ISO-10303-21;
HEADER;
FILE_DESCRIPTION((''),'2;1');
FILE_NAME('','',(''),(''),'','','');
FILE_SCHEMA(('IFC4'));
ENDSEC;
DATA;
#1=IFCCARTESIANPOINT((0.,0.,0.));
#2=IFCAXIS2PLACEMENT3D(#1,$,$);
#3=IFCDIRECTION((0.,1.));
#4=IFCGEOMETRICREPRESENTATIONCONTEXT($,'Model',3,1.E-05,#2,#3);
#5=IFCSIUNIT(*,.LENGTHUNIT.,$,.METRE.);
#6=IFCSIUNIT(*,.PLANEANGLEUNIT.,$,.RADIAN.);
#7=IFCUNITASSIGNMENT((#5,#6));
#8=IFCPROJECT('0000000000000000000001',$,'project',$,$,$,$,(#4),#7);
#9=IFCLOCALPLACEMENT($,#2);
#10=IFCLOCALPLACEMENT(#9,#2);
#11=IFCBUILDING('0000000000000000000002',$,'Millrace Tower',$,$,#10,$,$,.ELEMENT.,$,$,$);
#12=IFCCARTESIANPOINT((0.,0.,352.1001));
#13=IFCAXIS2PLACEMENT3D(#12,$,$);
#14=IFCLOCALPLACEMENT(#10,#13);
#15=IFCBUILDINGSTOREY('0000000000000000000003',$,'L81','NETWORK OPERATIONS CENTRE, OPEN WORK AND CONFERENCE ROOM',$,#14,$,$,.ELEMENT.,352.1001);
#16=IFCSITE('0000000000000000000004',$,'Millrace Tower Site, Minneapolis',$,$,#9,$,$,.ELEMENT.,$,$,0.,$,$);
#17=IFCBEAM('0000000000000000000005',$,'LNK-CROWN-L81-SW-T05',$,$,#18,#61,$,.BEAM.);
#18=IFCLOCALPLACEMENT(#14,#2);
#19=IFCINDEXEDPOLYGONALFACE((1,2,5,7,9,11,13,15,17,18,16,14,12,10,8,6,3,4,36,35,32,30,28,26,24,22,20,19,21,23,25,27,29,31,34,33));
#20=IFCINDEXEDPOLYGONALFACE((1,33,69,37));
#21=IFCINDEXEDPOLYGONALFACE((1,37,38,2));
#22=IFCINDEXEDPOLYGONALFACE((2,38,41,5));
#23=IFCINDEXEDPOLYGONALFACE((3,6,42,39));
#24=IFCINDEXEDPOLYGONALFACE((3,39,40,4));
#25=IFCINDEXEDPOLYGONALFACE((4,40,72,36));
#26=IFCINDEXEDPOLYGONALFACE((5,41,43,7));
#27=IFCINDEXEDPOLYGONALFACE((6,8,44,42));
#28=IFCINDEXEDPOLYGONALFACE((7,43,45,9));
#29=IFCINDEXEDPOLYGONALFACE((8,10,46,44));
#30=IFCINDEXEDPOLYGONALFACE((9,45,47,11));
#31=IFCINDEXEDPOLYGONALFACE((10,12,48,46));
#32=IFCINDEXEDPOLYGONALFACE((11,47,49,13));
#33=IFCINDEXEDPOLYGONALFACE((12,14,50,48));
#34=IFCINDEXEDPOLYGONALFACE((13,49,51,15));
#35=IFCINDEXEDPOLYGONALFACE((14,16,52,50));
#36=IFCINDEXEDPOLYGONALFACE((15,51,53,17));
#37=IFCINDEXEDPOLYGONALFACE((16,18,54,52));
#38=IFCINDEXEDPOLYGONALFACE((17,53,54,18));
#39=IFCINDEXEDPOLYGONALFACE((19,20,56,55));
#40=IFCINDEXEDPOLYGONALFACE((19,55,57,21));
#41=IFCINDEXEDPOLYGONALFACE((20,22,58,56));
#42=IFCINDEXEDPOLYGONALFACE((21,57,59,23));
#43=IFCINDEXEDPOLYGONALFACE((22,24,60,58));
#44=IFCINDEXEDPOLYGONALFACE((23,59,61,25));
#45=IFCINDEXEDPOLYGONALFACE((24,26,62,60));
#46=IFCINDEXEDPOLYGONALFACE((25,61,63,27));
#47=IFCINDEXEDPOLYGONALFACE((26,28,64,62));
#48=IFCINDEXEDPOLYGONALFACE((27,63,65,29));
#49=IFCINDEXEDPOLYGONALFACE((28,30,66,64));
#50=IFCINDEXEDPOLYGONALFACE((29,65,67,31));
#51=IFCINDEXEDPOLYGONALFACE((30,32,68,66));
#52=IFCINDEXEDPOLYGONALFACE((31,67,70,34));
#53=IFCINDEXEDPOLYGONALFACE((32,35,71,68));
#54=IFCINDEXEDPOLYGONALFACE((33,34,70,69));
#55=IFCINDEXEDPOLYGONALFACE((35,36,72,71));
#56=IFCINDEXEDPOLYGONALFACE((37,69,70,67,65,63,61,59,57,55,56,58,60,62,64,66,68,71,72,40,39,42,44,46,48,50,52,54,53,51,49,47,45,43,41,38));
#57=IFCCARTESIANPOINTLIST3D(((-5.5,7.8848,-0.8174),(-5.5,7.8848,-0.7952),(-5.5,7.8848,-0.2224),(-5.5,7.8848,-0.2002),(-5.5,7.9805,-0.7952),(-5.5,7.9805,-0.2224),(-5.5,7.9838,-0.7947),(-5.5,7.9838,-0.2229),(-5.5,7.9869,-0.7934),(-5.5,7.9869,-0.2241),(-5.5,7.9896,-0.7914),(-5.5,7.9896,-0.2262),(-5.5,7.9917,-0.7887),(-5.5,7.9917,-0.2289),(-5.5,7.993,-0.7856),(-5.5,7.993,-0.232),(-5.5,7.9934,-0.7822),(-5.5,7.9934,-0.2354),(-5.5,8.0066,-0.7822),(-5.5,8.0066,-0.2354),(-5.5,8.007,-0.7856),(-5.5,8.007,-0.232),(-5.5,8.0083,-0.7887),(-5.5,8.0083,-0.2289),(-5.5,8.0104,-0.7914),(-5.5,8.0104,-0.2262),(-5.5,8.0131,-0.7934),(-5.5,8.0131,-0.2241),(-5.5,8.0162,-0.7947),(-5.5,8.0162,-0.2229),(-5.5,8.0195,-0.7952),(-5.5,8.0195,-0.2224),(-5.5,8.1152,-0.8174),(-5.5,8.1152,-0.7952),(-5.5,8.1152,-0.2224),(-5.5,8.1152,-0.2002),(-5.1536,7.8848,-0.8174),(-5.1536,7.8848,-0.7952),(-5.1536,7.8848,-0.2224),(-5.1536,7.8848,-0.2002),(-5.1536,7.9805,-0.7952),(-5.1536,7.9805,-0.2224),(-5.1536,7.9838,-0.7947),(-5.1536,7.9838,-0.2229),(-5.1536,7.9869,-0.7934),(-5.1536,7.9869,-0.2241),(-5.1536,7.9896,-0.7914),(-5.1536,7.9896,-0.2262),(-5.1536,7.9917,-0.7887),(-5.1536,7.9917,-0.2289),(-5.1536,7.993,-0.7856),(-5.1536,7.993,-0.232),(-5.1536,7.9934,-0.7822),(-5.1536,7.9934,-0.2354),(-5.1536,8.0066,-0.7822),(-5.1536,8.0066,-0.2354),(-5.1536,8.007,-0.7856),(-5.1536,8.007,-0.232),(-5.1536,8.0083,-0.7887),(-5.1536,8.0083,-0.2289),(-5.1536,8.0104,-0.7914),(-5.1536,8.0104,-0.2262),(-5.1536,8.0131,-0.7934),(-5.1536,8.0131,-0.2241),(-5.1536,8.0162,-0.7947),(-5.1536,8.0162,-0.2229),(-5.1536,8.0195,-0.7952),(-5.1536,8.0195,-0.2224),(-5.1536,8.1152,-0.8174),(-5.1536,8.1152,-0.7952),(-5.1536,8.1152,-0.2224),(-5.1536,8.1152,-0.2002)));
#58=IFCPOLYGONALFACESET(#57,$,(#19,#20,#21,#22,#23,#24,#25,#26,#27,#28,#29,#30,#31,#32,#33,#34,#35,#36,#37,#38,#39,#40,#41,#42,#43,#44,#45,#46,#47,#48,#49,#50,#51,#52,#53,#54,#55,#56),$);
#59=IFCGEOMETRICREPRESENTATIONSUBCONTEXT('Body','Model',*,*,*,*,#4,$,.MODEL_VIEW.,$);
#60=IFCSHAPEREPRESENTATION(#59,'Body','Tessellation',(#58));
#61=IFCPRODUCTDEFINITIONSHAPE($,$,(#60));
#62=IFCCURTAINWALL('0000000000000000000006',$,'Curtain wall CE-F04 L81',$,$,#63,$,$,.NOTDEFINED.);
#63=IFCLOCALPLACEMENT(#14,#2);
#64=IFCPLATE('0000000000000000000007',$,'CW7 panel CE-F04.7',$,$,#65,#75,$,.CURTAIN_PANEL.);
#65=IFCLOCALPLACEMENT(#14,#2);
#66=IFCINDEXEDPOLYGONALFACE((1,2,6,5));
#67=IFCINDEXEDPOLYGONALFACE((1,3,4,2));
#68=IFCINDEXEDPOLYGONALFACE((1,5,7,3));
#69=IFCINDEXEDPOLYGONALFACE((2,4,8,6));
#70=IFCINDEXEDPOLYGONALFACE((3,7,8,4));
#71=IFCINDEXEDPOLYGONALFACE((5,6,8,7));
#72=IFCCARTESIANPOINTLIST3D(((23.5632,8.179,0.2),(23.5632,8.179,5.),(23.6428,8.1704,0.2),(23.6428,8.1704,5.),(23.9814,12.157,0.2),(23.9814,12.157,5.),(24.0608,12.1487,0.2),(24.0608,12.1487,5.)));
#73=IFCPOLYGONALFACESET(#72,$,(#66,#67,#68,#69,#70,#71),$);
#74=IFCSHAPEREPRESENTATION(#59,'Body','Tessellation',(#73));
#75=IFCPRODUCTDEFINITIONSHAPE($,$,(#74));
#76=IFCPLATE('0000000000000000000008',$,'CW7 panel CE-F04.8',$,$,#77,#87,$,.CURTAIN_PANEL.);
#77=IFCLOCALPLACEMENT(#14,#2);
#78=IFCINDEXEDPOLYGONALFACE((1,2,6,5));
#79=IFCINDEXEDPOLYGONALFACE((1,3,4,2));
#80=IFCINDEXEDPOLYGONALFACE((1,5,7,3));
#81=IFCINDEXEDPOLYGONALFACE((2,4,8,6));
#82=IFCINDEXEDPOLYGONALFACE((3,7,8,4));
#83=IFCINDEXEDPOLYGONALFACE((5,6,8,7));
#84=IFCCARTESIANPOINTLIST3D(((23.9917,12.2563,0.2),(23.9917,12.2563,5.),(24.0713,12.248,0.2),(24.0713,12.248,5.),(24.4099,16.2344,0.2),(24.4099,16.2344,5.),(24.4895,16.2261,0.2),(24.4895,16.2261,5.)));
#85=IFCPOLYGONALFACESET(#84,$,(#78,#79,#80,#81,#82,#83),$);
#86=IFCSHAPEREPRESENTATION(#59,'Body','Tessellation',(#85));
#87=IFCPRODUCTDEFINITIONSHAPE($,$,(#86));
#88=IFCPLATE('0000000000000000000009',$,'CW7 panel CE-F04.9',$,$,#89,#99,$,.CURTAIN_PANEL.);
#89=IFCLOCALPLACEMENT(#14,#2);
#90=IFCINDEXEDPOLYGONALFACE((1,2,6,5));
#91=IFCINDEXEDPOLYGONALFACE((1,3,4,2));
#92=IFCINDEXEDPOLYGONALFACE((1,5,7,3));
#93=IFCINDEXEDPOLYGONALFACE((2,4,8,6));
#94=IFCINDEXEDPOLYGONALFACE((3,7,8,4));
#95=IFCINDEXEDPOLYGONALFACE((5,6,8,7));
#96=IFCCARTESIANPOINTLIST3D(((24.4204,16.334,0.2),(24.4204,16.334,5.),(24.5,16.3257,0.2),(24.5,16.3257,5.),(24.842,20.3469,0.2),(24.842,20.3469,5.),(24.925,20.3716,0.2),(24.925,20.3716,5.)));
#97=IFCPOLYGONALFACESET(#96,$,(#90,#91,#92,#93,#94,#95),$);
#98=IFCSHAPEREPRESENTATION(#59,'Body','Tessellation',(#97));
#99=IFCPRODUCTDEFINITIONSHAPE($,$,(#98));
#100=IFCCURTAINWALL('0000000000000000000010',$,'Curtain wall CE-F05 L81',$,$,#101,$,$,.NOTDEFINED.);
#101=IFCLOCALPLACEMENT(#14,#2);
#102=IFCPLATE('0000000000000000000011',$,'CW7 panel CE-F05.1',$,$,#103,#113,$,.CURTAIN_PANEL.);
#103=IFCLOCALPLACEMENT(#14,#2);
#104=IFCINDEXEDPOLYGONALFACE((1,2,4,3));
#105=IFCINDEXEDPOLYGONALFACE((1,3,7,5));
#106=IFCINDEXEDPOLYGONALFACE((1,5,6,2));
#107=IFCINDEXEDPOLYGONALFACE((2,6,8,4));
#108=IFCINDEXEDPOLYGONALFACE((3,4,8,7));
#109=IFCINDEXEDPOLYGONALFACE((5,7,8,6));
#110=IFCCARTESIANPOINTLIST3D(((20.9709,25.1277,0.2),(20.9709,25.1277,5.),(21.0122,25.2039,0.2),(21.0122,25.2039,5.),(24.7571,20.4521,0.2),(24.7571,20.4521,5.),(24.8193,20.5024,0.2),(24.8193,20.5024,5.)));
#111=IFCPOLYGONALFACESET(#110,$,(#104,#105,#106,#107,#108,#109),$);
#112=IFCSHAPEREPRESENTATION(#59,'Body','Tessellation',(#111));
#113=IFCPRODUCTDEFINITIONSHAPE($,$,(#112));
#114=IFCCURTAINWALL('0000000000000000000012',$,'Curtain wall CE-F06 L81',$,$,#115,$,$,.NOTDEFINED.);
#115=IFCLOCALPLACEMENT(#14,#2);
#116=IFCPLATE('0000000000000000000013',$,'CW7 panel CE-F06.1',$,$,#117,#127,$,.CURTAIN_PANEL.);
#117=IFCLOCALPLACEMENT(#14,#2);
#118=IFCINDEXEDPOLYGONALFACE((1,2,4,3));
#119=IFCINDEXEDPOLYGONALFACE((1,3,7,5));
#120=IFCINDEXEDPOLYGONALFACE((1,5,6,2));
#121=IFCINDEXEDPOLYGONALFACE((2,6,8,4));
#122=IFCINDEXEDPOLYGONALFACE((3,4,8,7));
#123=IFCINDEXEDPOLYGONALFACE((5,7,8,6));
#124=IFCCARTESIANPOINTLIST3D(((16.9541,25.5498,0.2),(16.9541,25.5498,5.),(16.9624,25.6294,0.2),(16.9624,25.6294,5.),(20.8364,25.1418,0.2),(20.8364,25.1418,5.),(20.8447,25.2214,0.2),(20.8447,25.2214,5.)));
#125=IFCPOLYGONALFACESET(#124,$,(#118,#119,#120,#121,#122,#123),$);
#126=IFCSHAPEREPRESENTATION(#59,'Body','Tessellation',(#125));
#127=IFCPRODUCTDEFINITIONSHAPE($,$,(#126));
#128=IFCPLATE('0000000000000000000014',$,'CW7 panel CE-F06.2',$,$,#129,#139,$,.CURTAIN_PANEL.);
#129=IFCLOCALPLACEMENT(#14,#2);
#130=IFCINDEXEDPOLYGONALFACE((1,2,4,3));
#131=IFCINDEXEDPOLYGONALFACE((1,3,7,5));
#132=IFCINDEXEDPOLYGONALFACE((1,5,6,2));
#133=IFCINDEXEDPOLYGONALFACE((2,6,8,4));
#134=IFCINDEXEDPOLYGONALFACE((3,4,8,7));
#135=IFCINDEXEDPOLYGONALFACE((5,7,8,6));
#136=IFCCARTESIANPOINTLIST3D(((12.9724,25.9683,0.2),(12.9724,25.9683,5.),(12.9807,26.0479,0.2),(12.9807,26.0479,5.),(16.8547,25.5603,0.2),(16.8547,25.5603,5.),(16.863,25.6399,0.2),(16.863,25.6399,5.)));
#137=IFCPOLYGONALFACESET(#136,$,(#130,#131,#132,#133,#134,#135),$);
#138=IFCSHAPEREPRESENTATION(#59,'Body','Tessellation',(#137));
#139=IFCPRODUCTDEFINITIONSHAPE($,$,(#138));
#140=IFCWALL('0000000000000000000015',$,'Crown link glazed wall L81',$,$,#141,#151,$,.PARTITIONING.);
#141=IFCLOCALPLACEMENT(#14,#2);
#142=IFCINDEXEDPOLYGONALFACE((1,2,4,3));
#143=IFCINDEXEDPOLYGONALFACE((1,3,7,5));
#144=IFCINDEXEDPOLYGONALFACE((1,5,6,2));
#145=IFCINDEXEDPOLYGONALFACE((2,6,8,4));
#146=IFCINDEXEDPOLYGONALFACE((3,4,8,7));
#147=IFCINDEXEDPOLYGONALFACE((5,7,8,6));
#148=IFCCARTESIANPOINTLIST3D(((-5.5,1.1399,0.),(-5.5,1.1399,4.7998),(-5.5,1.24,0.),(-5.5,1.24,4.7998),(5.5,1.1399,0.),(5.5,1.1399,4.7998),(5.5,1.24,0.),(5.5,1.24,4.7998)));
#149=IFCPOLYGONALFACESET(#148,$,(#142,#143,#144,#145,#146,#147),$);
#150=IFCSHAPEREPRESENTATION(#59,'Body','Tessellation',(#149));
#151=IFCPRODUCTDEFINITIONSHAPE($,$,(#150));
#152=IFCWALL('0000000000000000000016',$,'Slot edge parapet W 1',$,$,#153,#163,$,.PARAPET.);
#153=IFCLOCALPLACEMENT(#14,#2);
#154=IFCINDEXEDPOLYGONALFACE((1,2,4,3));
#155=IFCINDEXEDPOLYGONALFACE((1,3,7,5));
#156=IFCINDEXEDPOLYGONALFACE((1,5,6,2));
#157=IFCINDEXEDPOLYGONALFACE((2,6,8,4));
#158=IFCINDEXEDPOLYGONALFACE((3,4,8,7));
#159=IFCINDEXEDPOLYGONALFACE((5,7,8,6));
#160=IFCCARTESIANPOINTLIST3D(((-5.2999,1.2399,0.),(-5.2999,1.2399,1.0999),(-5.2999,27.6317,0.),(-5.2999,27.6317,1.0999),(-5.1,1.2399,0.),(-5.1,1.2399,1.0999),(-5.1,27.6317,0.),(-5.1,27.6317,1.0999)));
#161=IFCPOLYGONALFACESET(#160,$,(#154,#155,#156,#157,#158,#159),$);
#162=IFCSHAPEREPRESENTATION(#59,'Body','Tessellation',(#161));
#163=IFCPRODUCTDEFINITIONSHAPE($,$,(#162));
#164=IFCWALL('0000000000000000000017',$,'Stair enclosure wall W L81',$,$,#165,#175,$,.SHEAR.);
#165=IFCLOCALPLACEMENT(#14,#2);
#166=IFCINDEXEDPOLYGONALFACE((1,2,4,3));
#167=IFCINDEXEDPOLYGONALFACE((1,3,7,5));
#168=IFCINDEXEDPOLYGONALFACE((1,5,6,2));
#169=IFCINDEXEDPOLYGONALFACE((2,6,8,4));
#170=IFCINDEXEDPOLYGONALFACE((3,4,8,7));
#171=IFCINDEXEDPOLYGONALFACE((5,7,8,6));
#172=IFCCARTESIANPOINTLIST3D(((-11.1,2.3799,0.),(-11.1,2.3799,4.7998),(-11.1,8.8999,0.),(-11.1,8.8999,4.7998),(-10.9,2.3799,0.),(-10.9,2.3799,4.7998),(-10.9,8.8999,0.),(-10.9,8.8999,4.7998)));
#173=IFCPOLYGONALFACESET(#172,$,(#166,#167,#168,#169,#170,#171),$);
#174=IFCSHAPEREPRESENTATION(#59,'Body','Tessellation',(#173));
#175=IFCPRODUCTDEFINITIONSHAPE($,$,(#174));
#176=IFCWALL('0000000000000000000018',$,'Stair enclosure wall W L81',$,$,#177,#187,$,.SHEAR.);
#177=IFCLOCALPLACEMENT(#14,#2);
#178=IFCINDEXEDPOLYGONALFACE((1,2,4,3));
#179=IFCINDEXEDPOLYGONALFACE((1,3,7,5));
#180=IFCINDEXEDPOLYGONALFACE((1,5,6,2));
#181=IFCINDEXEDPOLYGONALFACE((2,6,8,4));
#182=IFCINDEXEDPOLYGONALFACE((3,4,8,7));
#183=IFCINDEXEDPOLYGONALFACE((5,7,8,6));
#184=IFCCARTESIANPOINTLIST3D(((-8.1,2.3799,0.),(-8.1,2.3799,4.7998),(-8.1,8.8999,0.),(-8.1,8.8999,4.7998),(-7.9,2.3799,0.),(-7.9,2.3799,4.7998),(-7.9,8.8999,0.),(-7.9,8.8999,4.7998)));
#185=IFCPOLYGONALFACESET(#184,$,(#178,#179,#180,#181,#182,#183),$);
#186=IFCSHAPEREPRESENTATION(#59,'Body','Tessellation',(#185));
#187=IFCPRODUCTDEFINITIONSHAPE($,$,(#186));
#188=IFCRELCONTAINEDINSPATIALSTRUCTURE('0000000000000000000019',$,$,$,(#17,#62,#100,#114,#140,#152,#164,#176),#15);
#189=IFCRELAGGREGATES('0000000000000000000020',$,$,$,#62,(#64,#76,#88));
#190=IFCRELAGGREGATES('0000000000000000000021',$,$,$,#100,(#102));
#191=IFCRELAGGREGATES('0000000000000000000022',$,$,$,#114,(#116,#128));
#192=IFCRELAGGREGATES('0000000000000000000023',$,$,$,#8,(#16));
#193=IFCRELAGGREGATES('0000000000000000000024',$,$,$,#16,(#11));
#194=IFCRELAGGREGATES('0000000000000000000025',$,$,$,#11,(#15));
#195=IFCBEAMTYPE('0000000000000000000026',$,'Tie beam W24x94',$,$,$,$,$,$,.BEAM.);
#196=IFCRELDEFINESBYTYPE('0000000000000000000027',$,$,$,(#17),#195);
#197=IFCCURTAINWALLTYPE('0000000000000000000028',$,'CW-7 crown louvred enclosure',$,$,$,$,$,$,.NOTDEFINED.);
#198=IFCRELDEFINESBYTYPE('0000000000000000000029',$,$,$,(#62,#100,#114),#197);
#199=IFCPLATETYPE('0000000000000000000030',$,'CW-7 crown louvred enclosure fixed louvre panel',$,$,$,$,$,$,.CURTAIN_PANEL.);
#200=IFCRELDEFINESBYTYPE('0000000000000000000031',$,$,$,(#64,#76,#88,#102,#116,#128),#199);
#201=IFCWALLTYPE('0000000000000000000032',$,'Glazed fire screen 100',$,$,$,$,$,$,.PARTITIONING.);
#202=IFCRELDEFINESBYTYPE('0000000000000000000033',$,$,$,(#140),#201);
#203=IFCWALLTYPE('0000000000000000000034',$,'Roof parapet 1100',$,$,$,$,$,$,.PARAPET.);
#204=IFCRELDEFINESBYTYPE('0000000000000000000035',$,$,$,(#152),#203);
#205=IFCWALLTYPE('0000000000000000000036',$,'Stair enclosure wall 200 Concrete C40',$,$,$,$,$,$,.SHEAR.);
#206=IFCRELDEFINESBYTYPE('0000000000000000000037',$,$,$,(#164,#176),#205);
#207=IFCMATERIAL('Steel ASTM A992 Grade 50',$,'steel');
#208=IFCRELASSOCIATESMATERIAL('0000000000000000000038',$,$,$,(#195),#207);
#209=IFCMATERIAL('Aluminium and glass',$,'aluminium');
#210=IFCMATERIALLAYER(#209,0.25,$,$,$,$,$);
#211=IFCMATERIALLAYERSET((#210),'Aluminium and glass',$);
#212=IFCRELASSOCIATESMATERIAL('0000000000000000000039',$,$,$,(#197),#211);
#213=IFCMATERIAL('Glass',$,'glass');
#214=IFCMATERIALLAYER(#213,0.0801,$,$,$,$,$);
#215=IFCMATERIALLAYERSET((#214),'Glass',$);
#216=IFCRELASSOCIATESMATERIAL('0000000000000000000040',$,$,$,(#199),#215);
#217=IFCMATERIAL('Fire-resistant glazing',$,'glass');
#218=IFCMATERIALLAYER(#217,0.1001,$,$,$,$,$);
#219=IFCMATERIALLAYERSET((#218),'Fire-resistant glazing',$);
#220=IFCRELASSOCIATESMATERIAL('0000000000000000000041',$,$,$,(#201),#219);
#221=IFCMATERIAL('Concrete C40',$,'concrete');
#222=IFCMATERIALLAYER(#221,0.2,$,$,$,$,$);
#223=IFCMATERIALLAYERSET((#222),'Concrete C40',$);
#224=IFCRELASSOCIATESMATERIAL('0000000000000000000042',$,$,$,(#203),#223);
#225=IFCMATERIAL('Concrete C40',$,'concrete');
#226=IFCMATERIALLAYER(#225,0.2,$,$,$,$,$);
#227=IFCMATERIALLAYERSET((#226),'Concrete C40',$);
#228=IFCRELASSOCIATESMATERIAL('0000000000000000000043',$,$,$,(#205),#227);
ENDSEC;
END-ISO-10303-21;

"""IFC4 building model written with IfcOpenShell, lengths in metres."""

from ifc_helpers import new_model, si_unit, direction, frame, frame_2d, origin, origin_2d, place, context, subcontext, project, spatial, polyline, rectangle, i_section, outline, extrude, material, layer, layer_set, material_profile, profile_set, type_object, element, aggregate, save


model = new_model("IFC4")

# Units and contexts
model_context = context("Model", 3, precision=1e-05, world=origin(), true_north=direction((0.0, 1.0)))
body_context = subcontext(model_context, "Body", "Model", "MODEL_VIEW")
ifc_project = project(units=[si_unit("LENGTHUNIT", "METRE"), si_unit("PLANEANGLEUNIT", "RADIAN")], contexts=[model_context])

# Site, building, storey
site_placement = place(None, origin())
site = spatial("IfcSite", under=ifc_project, at=site_placement, Name="Millrace Tower Site, Minneapolis", CompositionType="ELEMENT", RefElevation=0.0)
building_placement = place(site_placement, origin())
building = spatial("IfcBuilding", under=site, at=building_placement, Name="Millrace Tower", CompositionType="ELEMENT")
storey_placement = place(building_placement, frame((0.0, 0.0, 352.1001)))
storey = spatial("IfcBuildingStorey", under=building, at=storey_placement, Name="L81", Description="NETWORK OPERATIONS CENTRE, OPEN WORK AND CONFERENCE ROOM", CompositionType="ELEMENT", Elevation=352.1001)

# Beam
ifc_material_1 = material(Name="Steel ASTM A992 Grade 50", Category="steel")
ifc_material_profile_1 = material_profile(ifc_material_1, i_section(OverallWidth=0.2305, OverallDepth=0.6172, WebThickness=0.0132, FlangeThickness=0.0222, FilletRadius=0.0129, at=origin_2d()))
ifc_profile_set_1 = profile_set([ifc_material_profile_1], Name="Steel ASTM A992 Grade 50")
beam_type_1 = type_object("IfcBeamType", Name="Tie beam W24x94", PredefinedType="BEAM", material=ifc_profile_set_1)
for number, where, z_axis, x_axis, name in (
    (1, (-5.1536, 8.0, -0.5088), (-1.0, 0.0, 0.0), (0.0, -1.0, 0.0), "LNK-CROWN-L81-SW-T05"),
):
    element("IfcBeam", number, at=place(storey_placement, frame(where, z_axis=z_axis, x_axis=x_axis)), inside=storey, type_object=beam_type_1, Name=name, PredefinedType="BEAM", context=body_context, shape_type="SweptSolid", body=[
        extrude(i_section(OverallWidth=0.2305, OverallDepth=0.6172, WebThickness=0.0132, FlangeThickness=0.0222, FilletRadius=0.0129, at=origin_2d()), origin(), (0.0, 0.0, 1.0), 0.3464),
    ])

# Curtain wall, plates
ifc_material_2 = material(Name="Aluminium and glass", Category="aluminium")
ifc_layer_1 = layer(ifc_material_2, 0.25)
ifc_layer_set_1 = layer_set([ifc_layer_1], Name="Aluminium and glass")
curtain_wall_type = type_object("IfcCurtainWallType", Name="CW-7 crown louvred enclosure", PredefinedType="NOTDEFINED", material=ifc_layer_set_1)
placement_1 = place(storey_placement, origin())
curtain_wall_1 = element("IfcCurtainWall", 2, at=placement_1, inside=storey, type_object=curtain_wall_type, Name="Curtain wall CE-F04 L81", PredefinedType="NOTDEFINED")
ifc_material_3 = material(Name="Glass", Category="glass")
ifc_layer_2 = layer(ifc_material_3, 0.0801)
ifc_layer_set_2 = layer_set([ifc_layer_2], Name="Glass")
plate_type = type_object("IfcPlateType", Name="CW-7 crown louvred enclosure fixed louvre panel", PredefinedType="CURTAIN_PANEL", material=ifc_layer_set_2)
placement_2 = place(storey_placement, frame((0.0, 0.0, 0.2)))
plate_1 = element("IfcPlate", 3, at=placement_2, type_object=plate_type, Name="CW7 panel CE-F04.7", PredefinedType="CURTAIN_PANEL", context=body_context, shape_type="SweptSolid", body=[
    extrude(outline(polyline([(23.6428, 8.1704), (24.0608, 12.1487), (23.9814, 12.157), (23.5632, 8.179), (23.6428, 8.1704)])), origin(), (0.0, 0.0, 1.0), 4.8),
])
plate_2 = element("IfcPlate", 4, at=placement_2, type_object=plate_type, Name="CW7 panel CE-F04.8", PredefinedType="CURTAIN_PANEL", context=body_context, shape_type="SweptSolid", body=[
    extrude(outline(polyline([(24.0713, 12.248), (24.4895, 16.2261), (24.4099, 16.2344), (23.9917, 12.2563), (24.0713, 12.248)])), origin(), (0.0, 0.0, 1.0), 4.8),
])
plate_3 = element("IfcPlate", 5, at=placement_2, type_object=plate_type, Name="CW7 panel CE-F04.9", PredefinedType="CURTAIN_PANEL", context=body_context, shape_type="SweptSolid", body=[
    extrude(outline(polyline([(24.5, 16.3257), (24.925, 20.3716), (24.842, 20.3469), (24.4204, 16.334), (24.5, 16.3257)])), origin(), (0.0, 0.0, 1.0), 4.8),
])
aggregate(curtain_wall_1, [plate_1, plate_2, plate_3])

# Curtain wall, plate
curtain_wall_2 = element("IfcCurtainWall", 6, at=placement_1, inside=storey, type_object=curtain_wall_type, Name="Curtain wall CE-F05 L81", PredefinedType="NOTDEFINED")
plate_4 = element("IfcPlate", 7, at=placement_2, type_object=plate_type, Name="CW7 panel CE-F05.1", PredefinedType="CURTAIN_PANEL", context=body_context, shape_type="SweptSolid", body=[
    extrude(outline(polyline([(24.8193, 20.5024), (21.0122, 25.2039), (20.9709, 25.1277), (24.7571, 20.4521), (24.8193, 20.5024)])), origin(), (0.0, 0.0, 1.0), 4.8),
])
aggregate(curtain_wall_2, [plate_4])

# Curtain wall, plates
curtain_wall_3 = element("IfcCurtainWall", 8, at=placement_1, inside=storey, type_object=curtain_wall_type, Name="Curtain wall CE-F06 L81", PredefinedType="NOTDEFINED")
plate_5 = element("IfcPlate", 9, at=placement_2, type_object=plate_type, Name="CW7 panel CE-F06.1", PredefinedType="CURTAIN_PANEL", context=body_context, shape_type="SweptSolid", body=[
    extrude(outline(polyline([(20.8447, 25.2214), (16.9624, 25.6294), (16.9541, 25.5498), (20.8364, 25.1418), (20.8447, 25.2214)])), origin(), (0.0, 0.0, 1.0), 4.8),
])
plate_6 = element("IfcPlate", 10, at=placement_2, type_object=plate_type, Name="CW7 panel CE-F06.2", PredefinedType="CURTAIN_PANEL", context=body_context, shape_type="SweptSolid", body=[
    extrude(outline(polyline([(16.863, 25.6399), (12.9807, 26.0479), (12.9724, 25.9683), (16.8547, 25.5603), (16.863, 25.6399)])), origin(), (0.0, 0.0, 1.0), 4.8),
])
aggregate(curtain_wall_3, [plate_5, plate_6])

# Walls
ifc_material_4 = material(Name="Fire-resistant glazing", Category="glass")
ifc_layer_3 = layer(ifc_material_4, 0.1001)
ifc_layer_set_3 = layer_set([ifc_layer_3], Name="Fire-resistant glazing")
wall_type_1 = type_object("IfcWallType", Name="Glazed fire screen 100", PredefinedType="PARTITIONING", material=ifc_layer_set_3)
wall_1_placement = place(storey_placement, frame((-5.5, 1.1899, 0.0), z_axis=(0.0, 0.0, 1.0), x_axis=(1.0, 0.0, 0.0)))
element("IfcWall", 11, at=wall_1_placement, inside=storey, type_object=wall_type_1, Name="Crown link glazed wall L81", PredefinedType="PARTITIONING", context=body_context, shape_type="SweptSolid", body=[
    extrude(rectangle(XDim=11.0, YDim=0.1001, at=frame_2d((5.5, 0.0))), origin(), (0.0, 0.0, 1.0), 4.7998),
])
ifc_material_5 = material(Name="Concrete C40", Category="concrete")
ifc_layer_4 = layer(ifc_material_5, 0.2)
ifc_layer_set_4 = layer_set([ifc_layer_4], Name="Concrete C40")
wall_type_2 = type_object("IfcWallType", Name="Roof parapet 1100", PredefinedType="PARAPET", material=ifc_layer_set_4)
wall_2_placement = place(storey_placement, frame((-5.2, 1.24, 0.0), z_axis=(0.0, 0.0, 1.0), x_axis=(0.0, 1.0, 0.0)))
element("IfcWall", 12, at=wall_2_placement, inside=storey, type_object=wall_type_2, Name="Slot edge parapet W 1", PredefinedType="PARAPET", context=body_context, shape_type="SweptSolid", body=[
    extrude(rectangle(XDim=26.3918, YDim=0.2, at=frame_2d((13.1958, 0.0))), origin(), (0.0, 0.0, 1.0), 1.0999),
])
ifc_material_6 = material(Name="Concrete C40", Category="concrete")
ifc_layer_5 = layer(ifc_material_6, 0.2)
ifc_layer_set_5 = layer_set([ifc_layer_5], Name="Concrete C40")
wall_type_3 = type_object("IfcWallType", Name="Stair enclosure wall 200 Concrete C40", PredefinedType="SHEAR", material=ifc_layer_set_5)
for number, where, z_axis, x_axis, name in (
    (13, (-11.0, 2.3799, 0.0), (0.0, 0.0, 1.0), (0.0, 1.0, 0.0), "Stair enclosure wall W L81"),
    (14, (-8.0, 2.3799, 0.0), (0.0, 0.0, 1.0), (0.0, 1.0, 0.0), "Stair enclosure wall W L81"),
):
    element("IfcWall", number, at=place(storey_placement, frame(where, z_axis=z_axis, x_axis=x_axis)), inside=storey, type_object=wall_type_3, Name=name, PredefinedType="SHEAR", context=body_context, shape_type="SweptSolid", body=[
        extrude(rectangle(XDim=6.52, YDim=0.2, at=frame_2d((3.26, 0.0))), origin(), (0.0, 0.0, 1.0), 4.7998),
    ])

save(model, "model.ifc")
